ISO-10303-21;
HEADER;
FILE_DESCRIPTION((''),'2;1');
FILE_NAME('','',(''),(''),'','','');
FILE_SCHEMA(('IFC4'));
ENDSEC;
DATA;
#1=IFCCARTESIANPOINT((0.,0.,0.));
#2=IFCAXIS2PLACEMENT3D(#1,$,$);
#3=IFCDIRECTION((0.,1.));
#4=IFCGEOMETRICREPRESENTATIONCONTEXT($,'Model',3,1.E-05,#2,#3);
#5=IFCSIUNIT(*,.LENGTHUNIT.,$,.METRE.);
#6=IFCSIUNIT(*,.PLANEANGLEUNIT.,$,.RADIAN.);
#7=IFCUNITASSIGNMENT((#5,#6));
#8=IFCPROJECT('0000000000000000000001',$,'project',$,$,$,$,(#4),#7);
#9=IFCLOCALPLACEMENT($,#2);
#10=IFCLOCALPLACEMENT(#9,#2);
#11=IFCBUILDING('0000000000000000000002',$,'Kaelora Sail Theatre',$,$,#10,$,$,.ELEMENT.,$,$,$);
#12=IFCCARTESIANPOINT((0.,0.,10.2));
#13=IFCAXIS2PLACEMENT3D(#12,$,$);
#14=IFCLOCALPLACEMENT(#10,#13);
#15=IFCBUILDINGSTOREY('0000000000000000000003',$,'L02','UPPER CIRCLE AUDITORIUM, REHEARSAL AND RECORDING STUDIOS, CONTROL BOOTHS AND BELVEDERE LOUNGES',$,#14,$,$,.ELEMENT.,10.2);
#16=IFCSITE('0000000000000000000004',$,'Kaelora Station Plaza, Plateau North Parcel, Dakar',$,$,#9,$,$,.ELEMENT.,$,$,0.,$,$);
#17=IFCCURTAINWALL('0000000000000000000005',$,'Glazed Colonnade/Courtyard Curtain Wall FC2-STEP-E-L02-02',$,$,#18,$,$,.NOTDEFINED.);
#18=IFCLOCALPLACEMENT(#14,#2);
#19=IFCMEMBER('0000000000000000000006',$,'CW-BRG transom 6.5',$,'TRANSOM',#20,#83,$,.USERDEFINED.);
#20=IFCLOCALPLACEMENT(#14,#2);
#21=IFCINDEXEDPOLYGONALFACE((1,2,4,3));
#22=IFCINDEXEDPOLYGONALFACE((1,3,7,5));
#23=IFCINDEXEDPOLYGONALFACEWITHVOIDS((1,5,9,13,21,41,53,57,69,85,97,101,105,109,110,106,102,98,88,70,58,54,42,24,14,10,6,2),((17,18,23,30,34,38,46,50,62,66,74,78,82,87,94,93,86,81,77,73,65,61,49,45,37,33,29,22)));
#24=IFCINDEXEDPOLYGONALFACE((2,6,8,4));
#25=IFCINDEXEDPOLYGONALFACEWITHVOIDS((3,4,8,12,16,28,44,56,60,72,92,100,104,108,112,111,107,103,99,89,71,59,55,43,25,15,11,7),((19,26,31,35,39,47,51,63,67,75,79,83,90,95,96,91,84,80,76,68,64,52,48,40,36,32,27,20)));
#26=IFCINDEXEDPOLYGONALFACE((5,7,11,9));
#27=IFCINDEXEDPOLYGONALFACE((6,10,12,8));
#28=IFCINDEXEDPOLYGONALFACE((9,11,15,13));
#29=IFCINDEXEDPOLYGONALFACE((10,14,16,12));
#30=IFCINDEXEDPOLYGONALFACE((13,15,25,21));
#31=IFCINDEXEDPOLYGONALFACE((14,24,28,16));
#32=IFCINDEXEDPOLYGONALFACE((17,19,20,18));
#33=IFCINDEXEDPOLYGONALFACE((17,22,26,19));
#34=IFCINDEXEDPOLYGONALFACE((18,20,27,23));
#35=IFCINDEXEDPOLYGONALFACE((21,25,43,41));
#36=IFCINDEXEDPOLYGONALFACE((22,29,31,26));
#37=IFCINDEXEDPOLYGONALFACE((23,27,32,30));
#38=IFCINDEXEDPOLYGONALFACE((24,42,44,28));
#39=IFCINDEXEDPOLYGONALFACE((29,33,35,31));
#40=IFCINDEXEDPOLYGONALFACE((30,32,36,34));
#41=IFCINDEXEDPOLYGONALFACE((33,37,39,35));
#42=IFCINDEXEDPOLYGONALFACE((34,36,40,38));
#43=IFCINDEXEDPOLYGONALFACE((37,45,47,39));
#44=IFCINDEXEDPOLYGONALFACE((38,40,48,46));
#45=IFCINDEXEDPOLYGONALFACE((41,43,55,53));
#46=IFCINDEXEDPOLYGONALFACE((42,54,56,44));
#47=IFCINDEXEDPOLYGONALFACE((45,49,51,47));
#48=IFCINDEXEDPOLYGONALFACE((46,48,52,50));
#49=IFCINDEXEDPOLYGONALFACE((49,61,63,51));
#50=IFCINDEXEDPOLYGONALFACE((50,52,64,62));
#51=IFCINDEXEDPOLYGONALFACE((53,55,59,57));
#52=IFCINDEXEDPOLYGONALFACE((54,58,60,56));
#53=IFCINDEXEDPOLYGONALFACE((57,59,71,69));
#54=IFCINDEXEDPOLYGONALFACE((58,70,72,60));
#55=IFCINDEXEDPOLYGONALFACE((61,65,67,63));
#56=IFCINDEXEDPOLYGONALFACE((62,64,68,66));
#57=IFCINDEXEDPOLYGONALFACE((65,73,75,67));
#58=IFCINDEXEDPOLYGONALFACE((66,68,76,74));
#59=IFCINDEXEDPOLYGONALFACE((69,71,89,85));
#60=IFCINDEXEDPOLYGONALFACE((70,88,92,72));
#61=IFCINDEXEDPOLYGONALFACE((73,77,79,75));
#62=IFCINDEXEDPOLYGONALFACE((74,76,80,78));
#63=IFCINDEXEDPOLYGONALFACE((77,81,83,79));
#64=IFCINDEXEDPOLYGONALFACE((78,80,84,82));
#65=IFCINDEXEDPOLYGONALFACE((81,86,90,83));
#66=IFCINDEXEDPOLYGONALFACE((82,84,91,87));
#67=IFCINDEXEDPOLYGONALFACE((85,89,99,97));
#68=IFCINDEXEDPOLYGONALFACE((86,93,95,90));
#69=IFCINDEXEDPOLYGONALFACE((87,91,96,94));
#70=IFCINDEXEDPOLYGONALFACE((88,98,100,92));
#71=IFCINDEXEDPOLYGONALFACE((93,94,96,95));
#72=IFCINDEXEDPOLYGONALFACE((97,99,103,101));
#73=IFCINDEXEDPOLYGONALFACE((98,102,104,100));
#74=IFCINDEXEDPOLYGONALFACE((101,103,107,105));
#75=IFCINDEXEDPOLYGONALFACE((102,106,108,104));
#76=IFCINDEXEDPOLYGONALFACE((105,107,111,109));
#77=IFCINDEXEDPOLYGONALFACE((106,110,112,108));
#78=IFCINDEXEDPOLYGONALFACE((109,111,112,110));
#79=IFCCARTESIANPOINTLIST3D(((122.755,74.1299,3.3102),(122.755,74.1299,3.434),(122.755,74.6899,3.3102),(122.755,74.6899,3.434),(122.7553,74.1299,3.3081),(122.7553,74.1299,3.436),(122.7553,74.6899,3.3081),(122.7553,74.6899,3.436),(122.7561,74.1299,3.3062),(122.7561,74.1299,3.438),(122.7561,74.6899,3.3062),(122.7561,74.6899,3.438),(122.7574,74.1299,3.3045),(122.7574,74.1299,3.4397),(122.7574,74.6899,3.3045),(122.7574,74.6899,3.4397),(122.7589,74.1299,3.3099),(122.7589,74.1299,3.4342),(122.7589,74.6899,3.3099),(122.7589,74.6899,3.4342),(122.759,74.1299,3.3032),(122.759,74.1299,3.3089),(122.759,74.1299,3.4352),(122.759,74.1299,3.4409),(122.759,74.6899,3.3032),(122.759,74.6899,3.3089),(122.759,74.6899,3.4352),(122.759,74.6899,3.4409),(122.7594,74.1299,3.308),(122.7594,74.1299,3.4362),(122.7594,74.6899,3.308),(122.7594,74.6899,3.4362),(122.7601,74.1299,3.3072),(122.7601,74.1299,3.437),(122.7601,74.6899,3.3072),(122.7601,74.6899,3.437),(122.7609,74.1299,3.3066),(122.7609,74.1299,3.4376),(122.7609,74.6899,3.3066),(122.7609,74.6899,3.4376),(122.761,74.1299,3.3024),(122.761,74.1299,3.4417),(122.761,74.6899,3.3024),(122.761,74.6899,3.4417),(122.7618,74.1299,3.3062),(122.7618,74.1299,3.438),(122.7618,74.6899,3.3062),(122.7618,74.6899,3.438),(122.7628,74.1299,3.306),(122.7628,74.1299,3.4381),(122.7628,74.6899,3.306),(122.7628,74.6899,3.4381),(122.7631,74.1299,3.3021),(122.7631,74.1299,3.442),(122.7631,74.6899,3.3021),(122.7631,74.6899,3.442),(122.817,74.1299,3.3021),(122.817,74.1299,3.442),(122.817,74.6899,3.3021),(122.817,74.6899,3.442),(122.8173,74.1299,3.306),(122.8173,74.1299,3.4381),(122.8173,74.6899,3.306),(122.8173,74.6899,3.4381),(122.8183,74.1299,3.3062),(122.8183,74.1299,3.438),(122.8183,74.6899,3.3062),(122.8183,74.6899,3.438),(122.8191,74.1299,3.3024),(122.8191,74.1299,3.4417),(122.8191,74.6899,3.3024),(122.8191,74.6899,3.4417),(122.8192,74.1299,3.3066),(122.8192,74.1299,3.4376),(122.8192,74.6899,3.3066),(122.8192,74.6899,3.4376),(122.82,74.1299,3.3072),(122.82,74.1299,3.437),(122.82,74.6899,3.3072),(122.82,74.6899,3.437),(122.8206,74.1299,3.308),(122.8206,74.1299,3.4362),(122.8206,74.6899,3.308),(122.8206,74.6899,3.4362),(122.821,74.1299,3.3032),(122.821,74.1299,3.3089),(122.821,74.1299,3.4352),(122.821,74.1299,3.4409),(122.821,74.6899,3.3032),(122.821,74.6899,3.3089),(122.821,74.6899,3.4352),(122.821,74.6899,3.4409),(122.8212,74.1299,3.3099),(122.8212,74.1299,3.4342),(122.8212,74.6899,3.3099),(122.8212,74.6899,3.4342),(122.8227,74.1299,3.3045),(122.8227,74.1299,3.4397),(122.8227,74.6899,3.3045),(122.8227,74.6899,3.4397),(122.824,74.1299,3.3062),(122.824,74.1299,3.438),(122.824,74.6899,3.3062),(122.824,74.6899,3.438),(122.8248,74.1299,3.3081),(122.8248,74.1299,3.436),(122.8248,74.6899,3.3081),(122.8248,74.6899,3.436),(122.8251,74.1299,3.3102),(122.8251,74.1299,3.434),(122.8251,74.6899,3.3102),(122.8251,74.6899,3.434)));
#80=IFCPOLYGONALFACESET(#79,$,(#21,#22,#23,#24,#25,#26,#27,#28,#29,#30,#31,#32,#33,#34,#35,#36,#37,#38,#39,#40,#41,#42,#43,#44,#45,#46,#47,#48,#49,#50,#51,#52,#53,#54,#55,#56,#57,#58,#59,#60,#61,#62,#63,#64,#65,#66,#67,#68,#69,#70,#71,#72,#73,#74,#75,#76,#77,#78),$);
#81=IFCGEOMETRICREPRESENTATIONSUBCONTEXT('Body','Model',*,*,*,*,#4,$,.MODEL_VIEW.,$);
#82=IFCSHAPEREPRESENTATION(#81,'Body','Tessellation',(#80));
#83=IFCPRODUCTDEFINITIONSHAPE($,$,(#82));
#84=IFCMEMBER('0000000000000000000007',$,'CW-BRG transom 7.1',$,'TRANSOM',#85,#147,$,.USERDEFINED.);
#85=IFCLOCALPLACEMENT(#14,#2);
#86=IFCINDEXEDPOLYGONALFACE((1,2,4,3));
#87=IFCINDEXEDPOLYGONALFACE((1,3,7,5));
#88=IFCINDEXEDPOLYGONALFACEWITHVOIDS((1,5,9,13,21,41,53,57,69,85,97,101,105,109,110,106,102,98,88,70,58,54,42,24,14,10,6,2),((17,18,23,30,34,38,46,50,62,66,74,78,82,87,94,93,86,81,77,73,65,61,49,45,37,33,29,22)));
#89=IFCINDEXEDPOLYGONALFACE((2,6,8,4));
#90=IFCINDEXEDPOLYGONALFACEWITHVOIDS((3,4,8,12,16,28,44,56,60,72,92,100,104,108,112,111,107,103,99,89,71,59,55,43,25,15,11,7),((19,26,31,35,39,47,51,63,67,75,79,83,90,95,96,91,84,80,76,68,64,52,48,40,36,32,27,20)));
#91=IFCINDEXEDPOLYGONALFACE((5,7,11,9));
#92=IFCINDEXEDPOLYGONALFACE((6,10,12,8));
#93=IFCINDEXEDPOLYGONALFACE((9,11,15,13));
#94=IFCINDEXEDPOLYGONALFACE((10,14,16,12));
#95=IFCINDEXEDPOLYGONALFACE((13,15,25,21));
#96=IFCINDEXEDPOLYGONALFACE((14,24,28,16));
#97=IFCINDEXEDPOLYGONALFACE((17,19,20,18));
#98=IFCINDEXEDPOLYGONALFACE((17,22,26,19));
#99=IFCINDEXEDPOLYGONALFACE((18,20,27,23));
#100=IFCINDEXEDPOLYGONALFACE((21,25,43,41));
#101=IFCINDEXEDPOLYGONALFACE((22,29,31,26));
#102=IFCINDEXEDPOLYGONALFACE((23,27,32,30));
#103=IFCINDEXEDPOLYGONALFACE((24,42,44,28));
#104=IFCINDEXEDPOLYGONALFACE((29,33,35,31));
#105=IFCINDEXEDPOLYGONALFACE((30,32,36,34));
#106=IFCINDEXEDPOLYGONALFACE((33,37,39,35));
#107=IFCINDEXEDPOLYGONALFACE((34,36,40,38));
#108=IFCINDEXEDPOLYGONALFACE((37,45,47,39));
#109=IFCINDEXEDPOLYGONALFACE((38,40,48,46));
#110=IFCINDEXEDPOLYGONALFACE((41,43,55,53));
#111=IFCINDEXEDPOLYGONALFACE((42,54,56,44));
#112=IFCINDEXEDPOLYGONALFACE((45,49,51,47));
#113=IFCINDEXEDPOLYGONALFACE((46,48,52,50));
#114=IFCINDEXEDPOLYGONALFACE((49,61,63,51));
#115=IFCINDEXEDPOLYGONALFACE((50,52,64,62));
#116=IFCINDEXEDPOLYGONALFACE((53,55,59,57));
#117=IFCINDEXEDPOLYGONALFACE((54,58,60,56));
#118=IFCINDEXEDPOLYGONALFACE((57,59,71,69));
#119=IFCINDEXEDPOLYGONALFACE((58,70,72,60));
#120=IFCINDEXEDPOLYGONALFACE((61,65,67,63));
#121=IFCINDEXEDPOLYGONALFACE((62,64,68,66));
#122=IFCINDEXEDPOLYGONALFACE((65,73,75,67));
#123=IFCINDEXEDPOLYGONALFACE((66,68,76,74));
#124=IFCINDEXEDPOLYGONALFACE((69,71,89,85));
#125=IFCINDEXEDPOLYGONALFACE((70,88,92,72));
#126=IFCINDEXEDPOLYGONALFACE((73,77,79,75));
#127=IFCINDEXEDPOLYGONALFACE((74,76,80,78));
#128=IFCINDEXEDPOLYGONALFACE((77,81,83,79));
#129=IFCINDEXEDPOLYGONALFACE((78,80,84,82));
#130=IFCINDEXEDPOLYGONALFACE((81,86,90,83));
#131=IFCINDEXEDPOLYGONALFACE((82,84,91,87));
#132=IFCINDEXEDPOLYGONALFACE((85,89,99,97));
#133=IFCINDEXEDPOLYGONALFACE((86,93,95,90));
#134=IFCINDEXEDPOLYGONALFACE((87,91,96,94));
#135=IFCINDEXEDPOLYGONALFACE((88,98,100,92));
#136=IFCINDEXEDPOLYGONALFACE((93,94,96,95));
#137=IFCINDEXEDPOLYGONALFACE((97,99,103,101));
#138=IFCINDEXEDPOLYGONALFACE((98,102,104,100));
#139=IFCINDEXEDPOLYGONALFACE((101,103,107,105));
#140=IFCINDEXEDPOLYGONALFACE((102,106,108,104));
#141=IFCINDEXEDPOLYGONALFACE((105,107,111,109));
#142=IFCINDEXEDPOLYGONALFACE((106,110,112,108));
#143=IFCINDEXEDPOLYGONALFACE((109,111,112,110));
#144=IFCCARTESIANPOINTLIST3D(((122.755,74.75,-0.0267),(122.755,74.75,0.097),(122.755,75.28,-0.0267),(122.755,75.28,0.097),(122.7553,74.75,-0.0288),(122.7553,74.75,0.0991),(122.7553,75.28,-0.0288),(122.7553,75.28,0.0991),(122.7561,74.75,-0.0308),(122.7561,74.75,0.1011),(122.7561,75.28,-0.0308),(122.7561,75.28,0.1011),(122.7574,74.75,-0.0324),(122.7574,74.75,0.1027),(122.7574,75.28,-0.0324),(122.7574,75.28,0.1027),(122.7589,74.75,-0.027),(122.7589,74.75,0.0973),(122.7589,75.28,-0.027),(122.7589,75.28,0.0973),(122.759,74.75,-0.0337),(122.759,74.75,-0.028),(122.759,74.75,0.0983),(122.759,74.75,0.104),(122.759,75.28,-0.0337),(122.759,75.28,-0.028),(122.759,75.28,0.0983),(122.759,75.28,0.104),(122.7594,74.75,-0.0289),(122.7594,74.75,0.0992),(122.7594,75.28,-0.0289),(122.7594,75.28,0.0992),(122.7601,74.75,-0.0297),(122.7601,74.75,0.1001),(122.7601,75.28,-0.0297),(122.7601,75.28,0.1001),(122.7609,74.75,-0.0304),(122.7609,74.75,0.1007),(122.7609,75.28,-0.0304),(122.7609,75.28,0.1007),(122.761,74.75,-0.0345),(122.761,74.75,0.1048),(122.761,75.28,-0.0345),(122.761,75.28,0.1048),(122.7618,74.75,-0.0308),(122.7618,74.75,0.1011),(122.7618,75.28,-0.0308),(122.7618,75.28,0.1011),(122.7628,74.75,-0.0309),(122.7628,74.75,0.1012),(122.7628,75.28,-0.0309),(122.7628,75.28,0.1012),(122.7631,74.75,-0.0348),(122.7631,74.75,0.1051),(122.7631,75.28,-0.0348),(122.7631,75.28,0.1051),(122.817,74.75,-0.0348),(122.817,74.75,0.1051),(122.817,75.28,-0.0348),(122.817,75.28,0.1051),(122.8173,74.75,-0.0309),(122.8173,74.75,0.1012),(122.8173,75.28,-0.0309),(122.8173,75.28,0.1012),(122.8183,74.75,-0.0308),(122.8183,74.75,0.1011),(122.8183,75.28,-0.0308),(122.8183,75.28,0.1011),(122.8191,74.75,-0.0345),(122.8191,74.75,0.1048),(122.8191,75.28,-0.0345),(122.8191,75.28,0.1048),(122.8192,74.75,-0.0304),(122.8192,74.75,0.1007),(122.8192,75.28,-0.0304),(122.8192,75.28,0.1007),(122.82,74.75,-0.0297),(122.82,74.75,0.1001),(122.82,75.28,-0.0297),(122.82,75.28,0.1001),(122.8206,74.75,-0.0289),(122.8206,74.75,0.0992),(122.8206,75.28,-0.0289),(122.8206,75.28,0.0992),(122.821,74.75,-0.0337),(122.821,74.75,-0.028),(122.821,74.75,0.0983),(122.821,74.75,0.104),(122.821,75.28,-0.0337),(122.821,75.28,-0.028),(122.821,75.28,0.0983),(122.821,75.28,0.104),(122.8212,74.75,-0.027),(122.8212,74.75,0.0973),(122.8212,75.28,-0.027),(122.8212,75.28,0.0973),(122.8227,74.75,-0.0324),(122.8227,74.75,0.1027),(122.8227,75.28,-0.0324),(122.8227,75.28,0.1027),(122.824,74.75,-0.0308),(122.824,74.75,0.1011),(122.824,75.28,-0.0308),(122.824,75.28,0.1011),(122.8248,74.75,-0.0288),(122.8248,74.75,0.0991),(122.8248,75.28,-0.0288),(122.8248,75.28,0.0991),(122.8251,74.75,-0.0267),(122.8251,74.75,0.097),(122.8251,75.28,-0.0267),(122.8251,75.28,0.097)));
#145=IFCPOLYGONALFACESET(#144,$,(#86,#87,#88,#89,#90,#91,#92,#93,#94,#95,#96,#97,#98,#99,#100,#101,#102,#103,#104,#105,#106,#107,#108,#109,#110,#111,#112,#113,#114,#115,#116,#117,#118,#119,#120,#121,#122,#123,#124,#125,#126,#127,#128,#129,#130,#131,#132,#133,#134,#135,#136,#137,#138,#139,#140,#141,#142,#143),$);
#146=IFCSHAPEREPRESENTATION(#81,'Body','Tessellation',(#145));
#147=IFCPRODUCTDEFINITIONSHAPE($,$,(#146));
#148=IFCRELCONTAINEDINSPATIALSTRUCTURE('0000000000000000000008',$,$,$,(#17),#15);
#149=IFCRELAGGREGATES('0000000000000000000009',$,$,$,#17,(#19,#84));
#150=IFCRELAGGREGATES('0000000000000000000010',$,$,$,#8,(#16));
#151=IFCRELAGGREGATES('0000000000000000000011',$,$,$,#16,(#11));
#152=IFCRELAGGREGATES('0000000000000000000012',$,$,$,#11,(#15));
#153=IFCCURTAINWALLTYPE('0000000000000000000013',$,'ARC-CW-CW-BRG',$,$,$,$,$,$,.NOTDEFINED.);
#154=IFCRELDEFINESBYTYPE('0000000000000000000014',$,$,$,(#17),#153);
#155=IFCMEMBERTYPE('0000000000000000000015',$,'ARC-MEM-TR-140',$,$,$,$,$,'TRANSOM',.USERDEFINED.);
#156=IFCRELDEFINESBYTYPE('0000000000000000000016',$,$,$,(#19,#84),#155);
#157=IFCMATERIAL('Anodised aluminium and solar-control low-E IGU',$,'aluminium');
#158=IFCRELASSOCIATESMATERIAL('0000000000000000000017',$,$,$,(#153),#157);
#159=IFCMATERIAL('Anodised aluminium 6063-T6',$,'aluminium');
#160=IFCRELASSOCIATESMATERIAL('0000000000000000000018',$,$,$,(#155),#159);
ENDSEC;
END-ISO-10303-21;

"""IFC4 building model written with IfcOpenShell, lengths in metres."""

from ifc_helpers import new_model, si_unit, direction, frame, origin, origin_2d, place, context, subcontext, project, spatial, hollow_rectangle, extrude, material, material_profile, profile_set, type_object, element, aggregate, save


model = new_model("IFC4")

# Units and contexts
model_context = context("Model", 3, precision=1e-05, world=origin(), true_north=direction((0.0, 1.0)))
body_context = subcontext(model_context, "Body", "Model", "MODEL_VIEW")
ifc_project = project(units=[si_unit("LENGTHUNIT", "METRE"), si_unit("PLANEANGLEUNIT", "RADIAN")], contexts=[model_context])

# Site, building, storey
site_placement = place(None, origin())
site = spatial("IfcSite", under=ifc_project, at=site_placement, Name="Kaelora Station Plaza, Plateau North Parcel, Dakar", CompositionType="ELEMENT", RefElevation=0.0)
building_placement = place(site_placement, origin())
building = spatial("IfcBuilding", under=site, at=building_placement, Name="Kaelora Sail Theatre", CompositionType="ELEMENT")
storey_placement = place(building_placement, frame((0.0, 0.0, 10.2)))
storey = spatial("IfcBuildingStorey", under=building, at=storey_placement, Name="L02", Description="UPPER CIRCLE AUDITORIUM, REHEARSAL AND RECORDING STUDIOS, CONTROL BOOTHS AND BELVEDERE LOUNGES", CompositionType="ELEMENT", Elevation=10.2)

# Curtain wall
ifc_material_1 = material(Name="Anodised aluminium and solar-control low-E IGU", Category="aluminium")
curtain_wall_type = type_object("IfcCurtainWallType", Name="ARC-CW-CW-BRG", PredefinedType="NOTDEFINED", material=ifc_material_1)
curtain_wall_1_placement = place(storey_placement, origin())
curtain_wall_1 = element("IfcCurtainWall", 1, at=curtain_wall_1_placement, inside=storey, type_object=curtain_wall_type, Name="Glazed Colonnade/Courtyard Curtain Wall FC2-STEP-E-L02-02", PredefinedType="NOTDEFINED")

# Members
ifc_material_2 = material(Name="Anodised aluminium 6063-T6", Category="aluminium")
ifc_material_profile_1 = material_profile(ifc_material_2, hollow_rectangle(XDim=0.0701, YDim=0.1399, WallThickness=0.0039, InnerFilletRadius=0.0039, OuterFilletRadius=0.0081, at=origin_2d()), Name="ALU-TRAN 70x140x4")
ifc_profile_set_1 = profile_set([ifc_material_profile_1], Name="Anodised aluminium 6063-T6")
member_type_1 = type_object("IfcMemberType", Name="ARC-MEM-TR-140", ElementType="TRANSOM", PredefinedType="USERDEFINED", material=ifc_profile_set_1)
member_1_placement = place(storey_placement, frame((122.79, 74.1299, 3.3721), z_axis=(0.0, 1.0, 0.0), x_axis=(-1.0, 0.0, 0.0)))
member_1 = element("IfcMember", 2, at=member_1_placement, type_object=member_type_1, Name="CW-BRG transom 6.5", ObjectType="TRANSOM", PredefinedType="USERDEFINED", context=body_context, shape_type="SweptSolid", body=[
    extrude(hollow_rectangle(XDim=0.0701, YDim=0.1399, WallThickness=0.0039, InnerFilletRadius=0.0039, OuterFilletRadius=0.0081, at=origin_2d()), origin(), (0.0, 0.0, 1.0), 0.5601),
])
member_2_placement = place(storey_placement, frame((122.79, 74.75, 0.0352), z_axis=(0.0, 1.0, 0.0), x_axis=(-1.0, 0.0, 0.0)))
member_2 = element("IfcMember", 3, at=member_2_placement, type_object=member_type_1, Name="CW-BRG transom 7.1", ObjectType="TRANSOM", PredefinedType="USERDEFINED", context=body_context, shape_type="SweptSolid", body=[
    extrude(hollow_rectangle(XDim=0.0701, YDim=0.1399, WallThickness=0.0039, InnerFilletRadius=0.0039, OuterFilletRadius=0.0081, at=origin_2d()), origin(), (0.0, 0.0, 1.0), 0.53),
])

aggregate(curtain_wall_1, [member_1, member_2])

save(model, "model.ifc")
